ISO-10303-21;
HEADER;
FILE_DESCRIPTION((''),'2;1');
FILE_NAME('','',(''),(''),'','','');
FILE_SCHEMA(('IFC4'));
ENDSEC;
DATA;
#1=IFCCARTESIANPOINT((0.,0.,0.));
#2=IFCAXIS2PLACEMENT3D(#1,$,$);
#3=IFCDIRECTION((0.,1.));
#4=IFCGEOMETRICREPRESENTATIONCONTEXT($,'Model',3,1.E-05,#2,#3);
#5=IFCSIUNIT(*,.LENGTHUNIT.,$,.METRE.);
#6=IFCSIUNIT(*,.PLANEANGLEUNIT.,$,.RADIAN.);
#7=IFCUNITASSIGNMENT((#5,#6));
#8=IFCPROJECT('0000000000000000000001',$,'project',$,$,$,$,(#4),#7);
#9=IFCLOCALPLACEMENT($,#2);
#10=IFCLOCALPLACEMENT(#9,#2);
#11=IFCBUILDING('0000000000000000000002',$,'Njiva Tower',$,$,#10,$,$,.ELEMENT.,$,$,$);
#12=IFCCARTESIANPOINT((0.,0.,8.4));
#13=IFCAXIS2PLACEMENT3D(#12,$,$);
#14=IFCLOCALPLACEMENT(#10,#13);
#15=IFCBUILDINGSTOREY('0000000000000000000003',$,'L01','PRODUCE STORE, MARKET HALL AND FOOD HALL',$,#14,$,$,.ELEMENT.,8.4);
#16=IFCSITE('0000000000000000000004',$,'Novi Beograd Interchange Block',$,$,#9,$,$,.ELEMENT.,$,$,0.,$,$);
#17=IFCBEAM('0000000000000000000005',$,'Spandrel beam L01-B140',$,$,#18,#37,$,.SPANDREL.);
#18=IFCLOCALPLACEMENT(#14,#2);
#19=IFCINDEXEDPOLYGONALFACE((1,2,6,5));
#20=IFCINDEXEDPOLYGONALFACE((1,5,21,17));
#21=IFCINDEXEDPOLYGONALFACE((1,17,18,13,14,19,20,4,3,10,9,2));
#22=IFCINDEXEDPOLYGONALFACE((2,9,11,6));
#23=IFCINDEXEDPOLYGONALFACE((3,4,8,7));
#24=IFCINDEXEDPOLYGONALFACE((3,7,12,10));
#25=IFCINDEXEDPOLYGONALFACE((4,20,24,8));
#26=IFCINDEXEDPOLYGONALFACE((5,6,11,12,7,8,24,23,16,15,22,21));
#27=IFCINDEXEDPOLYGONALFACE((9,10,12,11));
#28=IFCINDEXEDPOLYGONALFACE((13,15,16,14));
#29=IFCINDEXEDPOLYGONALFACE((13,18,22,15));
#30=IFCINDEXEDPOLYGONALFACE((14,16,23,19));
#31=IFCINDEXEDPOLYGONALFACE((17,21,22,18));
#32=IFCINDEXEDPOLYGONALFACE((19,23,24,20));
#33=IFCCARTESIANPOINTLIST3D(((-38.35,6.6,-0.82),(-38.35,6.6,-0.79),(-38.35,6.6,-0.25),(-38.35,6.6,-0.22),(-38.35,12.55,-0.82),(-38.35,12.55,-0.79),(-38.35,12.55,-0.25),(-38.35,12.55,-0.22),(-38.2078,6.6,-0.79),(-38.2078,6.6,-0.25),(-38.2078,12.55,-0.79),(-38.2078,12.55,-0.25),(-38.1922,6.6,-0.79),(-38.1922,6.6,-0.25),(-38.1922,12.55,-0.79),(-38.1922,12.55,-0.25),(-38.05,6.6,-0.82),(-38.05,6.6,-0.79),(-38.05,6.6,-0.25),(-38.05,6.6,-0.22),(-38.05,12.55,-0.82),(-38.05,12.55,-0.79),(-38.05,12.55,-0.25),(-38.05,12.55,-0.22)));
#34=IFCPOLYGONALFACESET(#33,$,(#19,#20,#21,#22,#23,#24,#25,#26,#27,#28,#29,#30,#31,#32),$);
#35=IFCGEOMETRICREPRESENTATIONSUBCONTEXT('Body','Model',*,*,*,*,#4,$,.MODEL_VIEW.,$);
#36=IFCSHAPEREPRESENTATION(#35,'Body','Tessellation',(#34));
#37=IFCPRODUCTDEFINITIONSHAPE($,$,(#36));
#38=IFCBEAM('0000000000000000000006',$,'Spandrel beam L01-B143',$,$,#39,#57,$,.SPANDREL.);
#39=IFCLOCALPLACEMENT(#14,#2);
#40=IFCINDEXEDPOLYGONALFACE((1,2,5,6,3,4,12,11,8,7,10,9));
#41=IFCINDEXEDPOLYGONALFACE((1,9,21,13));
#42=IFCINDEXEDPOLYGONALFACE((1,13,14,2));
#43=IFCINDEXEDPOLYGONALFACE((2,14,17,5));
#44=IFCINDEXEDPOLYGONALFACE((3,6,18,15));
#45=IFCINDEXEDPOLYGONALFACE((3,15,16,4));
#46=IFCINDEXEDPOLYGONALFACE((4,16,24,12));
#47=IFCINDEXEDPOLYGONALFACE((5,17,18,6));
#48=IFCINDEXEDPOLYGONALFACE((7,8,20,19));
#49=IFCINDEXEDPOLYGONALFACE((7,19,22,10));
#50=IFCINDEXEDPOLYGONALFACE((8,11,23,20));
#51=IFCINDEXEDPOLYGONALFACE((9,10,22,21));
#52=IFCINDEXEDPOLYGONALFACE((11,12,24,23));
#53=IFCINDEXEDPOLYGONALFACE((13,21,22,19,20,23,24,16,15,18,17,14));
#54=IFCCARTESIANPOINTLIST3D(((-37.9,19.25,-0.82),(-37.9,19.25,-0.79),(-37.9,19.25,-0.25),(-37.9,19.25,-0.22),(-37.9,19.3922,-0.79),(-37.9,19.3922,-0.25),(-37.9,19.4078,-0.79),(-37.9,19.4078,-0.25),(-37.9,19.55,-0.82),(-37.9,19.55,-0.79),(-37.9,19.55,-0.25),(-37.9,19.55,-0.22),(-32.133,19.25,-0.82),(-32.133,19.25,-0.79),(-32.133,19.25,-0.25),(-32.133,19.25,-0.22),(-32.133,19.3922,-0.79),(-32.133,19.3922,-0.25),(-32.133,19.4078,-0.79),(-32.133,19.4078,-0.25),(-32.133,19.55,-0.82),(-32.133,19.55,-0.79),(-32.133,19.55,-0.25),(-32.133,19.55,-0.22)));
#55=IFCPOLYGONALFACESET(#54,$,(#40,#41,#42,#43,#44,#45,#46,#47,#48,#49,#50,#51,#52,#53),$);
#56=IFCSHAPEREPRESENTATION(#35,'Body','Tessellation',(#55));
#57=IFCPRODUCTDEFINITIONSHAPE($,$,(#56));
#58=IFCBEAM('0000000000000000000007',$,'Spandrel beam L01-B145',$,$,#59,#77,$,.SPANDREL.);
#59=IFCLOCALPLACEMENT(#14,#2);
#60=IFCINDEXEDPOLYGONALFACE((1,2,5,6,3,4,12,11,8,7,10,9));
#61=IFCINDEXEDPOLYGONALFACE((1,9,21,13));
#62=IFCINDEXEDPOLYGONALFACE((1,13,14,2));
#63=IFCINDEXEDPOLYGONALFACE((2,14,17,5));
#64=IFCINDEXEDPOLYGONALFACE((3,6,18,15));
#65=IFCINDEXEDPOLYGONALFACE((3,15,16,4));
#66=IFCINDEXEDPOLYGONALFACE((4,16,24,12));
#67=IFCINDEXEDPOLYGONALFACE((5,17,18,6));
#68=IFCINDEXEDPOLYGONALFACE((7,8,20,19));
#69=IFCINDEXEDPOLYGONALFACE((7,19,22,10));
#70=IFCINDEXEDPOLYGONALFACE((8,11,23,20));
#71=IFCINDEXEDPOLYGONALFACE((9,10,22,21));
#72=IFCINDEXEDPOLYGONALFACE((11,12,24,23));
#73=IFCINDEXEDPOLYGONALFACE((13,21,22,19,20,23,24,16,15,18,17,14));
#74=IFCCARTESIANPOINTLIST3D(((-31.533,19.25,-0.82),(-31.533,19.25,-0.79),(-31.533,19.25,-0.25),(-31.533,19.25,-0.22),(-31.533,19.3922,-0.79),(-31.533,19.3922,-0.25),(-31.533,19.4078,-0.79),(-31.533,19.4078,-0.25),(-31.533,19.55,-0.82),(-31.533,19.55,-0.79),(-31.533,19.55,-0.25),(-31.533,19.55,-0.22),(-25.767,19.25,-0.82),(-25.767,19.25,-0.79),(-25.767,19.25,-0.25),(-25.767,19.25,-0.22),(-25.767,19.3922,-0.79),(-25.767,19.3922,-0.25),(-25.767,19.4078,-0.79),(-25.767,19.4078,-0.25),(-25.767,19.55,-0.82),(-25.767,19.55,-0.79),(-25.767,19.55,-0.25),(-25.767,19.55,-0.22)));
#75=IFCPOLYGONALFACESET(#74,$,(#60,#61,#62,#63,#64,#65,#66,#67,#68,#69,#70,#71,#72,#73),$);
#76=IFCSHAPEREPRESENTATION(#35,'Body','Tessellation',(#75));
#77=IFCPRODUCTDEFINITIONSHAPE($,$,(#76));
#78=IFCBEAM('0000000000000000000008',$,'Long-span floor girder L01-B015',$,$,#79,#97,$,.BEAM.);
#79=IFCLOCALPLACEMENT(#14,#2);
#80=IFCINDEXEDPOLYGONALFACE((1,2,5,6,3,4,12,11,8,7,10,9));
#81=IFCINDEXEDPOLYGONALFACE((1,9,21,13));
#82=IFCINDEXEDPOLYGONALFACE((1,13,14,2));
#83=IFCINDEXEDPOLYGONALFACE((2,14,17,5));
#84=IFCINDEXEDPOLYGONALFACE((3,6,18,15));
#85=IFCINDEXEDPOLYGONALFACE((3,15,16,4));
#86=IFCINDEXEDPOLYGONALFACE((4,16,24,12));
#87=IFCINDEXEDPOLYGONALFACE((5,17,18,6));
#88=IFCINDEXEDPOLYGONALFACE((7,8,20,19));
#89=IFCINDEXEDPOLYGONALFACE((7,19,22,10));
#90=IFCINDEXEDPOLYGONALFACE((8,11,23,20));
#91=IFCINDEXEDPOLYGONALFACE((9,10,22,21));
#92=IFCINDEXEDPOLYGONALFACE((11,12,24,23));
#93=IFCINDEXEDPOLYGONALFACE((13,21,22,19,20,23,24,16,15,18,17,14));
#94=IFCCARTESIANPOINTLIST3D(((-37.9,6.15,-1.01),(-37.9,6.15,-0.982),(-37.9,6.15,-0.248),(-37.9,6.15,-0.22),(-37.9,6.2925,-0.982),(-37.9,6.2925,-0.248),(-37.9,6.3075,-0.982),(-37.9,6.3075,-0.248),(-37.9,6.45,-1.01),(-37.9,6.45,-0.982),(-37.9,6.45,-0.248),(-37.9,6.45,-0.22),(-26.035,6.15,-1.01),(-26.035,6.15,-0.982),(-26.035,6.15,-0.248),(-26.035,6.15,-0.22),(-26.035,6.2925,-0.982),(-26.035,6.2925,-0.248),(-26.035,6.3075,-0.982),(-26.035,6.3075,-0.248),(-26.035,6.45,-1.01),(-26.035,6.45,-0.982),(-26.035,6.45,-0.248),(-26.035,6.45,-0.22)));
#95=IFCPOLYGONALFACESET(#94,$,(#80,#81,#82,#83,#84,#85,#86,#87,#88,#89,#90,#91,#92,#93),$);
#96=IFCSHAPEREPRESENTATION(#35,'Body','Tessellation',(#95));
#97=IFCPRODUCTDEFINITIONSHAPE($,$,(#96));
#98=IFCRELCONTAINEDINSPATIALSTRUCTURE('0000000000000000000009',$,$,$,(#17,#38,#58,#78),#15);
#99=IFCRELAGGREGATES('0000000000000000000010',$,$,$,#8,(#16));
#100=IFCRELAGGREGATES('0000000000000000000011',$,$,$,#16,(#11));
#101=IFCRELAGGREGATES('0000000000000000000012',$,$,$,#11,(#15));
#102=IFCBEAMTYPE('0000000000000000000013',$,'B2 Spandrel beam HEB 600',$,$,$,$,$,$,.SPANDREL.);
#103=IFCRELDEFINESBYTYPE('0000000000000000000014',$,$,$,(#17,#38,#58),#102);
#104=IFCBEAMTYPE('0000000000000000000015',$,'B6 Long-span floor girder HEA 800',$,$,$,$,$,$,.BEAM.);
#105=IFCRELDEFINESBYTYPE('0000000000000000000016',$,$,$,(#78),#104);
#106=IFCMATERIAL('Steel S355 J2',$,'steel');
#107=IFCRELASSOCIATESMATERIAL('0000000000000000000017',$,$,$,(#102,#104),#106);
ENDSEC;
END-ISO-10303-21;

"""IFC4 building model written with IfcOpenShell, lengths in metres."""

from ifc_helpers import new_model, si_unit, direction, frame, origin, origin_2d, place, context, subcontext, project, spatial, i_section, extrude, material, material_profile, profile_set, type_object, element, save


model = new_model("IFC4")

# Units and contexts
model_context = context("Model", 3, precision=1e-05, world=origin(), true_north=direction((0.0, 1.0)))
body_context = subcontext(model_context, "Body", "Model", "MODEL_VIEW")
ifc_project = project(units=[si_unit("LENGTHUNIT", "METRE"), si_unit("PLANEANGLEUNIT", "RADIAN")], contexts=[model_context])

# Site, building, storey
site_placement = place(None, origin())
site = spatial("IfcSite", under=ifc_project, at=site_placement, Name="Novi Beograd Interchange Block", CompositionType="ELEMENT", RefElevation=0.0)
building_placement = place(site_placement, origin())
building = spatial("IfcBuilding", under=site, at=building_placement, Name="Njiva Tower", CompositionType="ELEMENT")
storey_placement = place(building_placement, frame((0.0, 0.0, 8.4)))
storey = spatial("IfcBuildingStorey", under=building, at=storey_placement, Name="L01", Description="PRODUCE STORE, MARKET HALL AND FOOD HALL", CompositionType="ELEMENT", Elevation=8.4)

# Shared definitions
ifc_material_1 = material(Name="Steel S355 J2", Category="steel")

# Beams
ifc_material_profile_1 = material_profile(ifc_material_1, i_section(OverallWidth=0.3, OverallDepth=0.6, WebThickness=0.0155, FlangeThickness=0.03, at=origin_2d()), Name="HEB 600")
ifc_profile_set_1 = profile_set([ifc_material_profile_1], Name="Steel S355 J2")
beam_type_1 = type_object("IfcBeamType", Name="B2 Spandrel beam HEB 600", PredefinedType="SPANDREL", material=ifc_profile_set_1)
for number, where, z_axis, x_axis, name in (
    (1, (-38.2, 12.55, -0.52), (0.0, -1.0, 0.0), (1.0, 0.0, 0.0), "Spandrel beam L01-B140"),
):
    element("IfcBeam", number, at=place(storey_placement, frame(where, z_axis=z_axis, x_axis=x_axis)), inside=storey, type_object=beam_type_1, Name=name, PredefinedType="SPANDREL", context=body_context, shape_type="SweptSolid", body=[
        extrude(i_section(OverallWidth=0.3, OverallDepth=0.6, WebThickness=0.0155, FlangeThickness=0.03, at=origin_2d()), origin(), (0.0, 0.0, 1.0), 5.95),
    ])
beam_1_placement = place(storey_placement, frame((-37.9, 19.4, -0.52), z_axis=(1.0, 0.0, 0.0), x_axis=(0.0, 1.0, 0.0)))
element("IfcBeam", 2, at=beam_1_placement, inside=storey, type_object=beam_type_1, Name="Spandrel beam L01-B143", PredefinedType="SPANDREL", context=body_context, shape_type="SweptSolid", body=[
    extrude(i_section(OverallWidth=0.3, OverallDepth=0.6, WebThickness=0.0155, FlangeThickness=0.03, at=origin_2d()), origin(), (0.0, 0.0, 1.0), 5.767),
])
beam_2_placement = place(storey_placement, frame((-31.533, 19.4, -0.52), z_axis=(1.0, 0.0, 0.0), x_axis=(0.0, 1.0, 0.0)))
element("IfcBeam", 3, at=beam_2_placement, inside=storey, type_object=beam_type_1, Name="Spandrel beam L01-B145", PredefinedType="SPANDREL", context=body_context, shape_type="SweptSolid", body=[
    extrude(i_section(OverallWidth=0.3, OverallDepth=0.6, WebThickness=0.0155, FlangeThickness=0.03, at=origin_2d()), origin(), (0.0, 0.0, 1.0), 5.766),
])
ifc_material_profile_2 = material_profile(ifc_material_1, i_section(OverallWidth=0.3, OverallDepth=0.79, WebThickness=0.015, FlangeThickness=0.028, at=origin_2d()), Name="HEA 800")
ifc_profile_set_2 = profile_set([ifc_material_profile_2], Name="Steel S355 J2")
beam_type_2 = type_object("IfcBeamType", Name="B6 Long-span floor girder HEA 800", PredefinedType="BEAM", material=ifc_profile_set_2)
beam_3_placement = place(storey_placement, frame((-37.9, 6.3, -0.615), z_axis=(1.0, 0.0, 0.0), x_axis=(0.0, 1.0, 0.0)))
element("IfcBeam", 4, at=beam_3_placement, inside=storey, type_object=beam_type_2, Name="Long-span floor girder L01-B015", PredefinedType="BEAM", context=body_context, shape_type="SweptSolid", body=[
    extrude(i_section(OverallWidth=0.3, OverallDepth=0.79, WebThickness=0.015, FlangeThickness=0.028, at=origin_2d()), origin(), (0.0, 0.0, 1.0), 11.865),
])

save(model, "model.ifc")
